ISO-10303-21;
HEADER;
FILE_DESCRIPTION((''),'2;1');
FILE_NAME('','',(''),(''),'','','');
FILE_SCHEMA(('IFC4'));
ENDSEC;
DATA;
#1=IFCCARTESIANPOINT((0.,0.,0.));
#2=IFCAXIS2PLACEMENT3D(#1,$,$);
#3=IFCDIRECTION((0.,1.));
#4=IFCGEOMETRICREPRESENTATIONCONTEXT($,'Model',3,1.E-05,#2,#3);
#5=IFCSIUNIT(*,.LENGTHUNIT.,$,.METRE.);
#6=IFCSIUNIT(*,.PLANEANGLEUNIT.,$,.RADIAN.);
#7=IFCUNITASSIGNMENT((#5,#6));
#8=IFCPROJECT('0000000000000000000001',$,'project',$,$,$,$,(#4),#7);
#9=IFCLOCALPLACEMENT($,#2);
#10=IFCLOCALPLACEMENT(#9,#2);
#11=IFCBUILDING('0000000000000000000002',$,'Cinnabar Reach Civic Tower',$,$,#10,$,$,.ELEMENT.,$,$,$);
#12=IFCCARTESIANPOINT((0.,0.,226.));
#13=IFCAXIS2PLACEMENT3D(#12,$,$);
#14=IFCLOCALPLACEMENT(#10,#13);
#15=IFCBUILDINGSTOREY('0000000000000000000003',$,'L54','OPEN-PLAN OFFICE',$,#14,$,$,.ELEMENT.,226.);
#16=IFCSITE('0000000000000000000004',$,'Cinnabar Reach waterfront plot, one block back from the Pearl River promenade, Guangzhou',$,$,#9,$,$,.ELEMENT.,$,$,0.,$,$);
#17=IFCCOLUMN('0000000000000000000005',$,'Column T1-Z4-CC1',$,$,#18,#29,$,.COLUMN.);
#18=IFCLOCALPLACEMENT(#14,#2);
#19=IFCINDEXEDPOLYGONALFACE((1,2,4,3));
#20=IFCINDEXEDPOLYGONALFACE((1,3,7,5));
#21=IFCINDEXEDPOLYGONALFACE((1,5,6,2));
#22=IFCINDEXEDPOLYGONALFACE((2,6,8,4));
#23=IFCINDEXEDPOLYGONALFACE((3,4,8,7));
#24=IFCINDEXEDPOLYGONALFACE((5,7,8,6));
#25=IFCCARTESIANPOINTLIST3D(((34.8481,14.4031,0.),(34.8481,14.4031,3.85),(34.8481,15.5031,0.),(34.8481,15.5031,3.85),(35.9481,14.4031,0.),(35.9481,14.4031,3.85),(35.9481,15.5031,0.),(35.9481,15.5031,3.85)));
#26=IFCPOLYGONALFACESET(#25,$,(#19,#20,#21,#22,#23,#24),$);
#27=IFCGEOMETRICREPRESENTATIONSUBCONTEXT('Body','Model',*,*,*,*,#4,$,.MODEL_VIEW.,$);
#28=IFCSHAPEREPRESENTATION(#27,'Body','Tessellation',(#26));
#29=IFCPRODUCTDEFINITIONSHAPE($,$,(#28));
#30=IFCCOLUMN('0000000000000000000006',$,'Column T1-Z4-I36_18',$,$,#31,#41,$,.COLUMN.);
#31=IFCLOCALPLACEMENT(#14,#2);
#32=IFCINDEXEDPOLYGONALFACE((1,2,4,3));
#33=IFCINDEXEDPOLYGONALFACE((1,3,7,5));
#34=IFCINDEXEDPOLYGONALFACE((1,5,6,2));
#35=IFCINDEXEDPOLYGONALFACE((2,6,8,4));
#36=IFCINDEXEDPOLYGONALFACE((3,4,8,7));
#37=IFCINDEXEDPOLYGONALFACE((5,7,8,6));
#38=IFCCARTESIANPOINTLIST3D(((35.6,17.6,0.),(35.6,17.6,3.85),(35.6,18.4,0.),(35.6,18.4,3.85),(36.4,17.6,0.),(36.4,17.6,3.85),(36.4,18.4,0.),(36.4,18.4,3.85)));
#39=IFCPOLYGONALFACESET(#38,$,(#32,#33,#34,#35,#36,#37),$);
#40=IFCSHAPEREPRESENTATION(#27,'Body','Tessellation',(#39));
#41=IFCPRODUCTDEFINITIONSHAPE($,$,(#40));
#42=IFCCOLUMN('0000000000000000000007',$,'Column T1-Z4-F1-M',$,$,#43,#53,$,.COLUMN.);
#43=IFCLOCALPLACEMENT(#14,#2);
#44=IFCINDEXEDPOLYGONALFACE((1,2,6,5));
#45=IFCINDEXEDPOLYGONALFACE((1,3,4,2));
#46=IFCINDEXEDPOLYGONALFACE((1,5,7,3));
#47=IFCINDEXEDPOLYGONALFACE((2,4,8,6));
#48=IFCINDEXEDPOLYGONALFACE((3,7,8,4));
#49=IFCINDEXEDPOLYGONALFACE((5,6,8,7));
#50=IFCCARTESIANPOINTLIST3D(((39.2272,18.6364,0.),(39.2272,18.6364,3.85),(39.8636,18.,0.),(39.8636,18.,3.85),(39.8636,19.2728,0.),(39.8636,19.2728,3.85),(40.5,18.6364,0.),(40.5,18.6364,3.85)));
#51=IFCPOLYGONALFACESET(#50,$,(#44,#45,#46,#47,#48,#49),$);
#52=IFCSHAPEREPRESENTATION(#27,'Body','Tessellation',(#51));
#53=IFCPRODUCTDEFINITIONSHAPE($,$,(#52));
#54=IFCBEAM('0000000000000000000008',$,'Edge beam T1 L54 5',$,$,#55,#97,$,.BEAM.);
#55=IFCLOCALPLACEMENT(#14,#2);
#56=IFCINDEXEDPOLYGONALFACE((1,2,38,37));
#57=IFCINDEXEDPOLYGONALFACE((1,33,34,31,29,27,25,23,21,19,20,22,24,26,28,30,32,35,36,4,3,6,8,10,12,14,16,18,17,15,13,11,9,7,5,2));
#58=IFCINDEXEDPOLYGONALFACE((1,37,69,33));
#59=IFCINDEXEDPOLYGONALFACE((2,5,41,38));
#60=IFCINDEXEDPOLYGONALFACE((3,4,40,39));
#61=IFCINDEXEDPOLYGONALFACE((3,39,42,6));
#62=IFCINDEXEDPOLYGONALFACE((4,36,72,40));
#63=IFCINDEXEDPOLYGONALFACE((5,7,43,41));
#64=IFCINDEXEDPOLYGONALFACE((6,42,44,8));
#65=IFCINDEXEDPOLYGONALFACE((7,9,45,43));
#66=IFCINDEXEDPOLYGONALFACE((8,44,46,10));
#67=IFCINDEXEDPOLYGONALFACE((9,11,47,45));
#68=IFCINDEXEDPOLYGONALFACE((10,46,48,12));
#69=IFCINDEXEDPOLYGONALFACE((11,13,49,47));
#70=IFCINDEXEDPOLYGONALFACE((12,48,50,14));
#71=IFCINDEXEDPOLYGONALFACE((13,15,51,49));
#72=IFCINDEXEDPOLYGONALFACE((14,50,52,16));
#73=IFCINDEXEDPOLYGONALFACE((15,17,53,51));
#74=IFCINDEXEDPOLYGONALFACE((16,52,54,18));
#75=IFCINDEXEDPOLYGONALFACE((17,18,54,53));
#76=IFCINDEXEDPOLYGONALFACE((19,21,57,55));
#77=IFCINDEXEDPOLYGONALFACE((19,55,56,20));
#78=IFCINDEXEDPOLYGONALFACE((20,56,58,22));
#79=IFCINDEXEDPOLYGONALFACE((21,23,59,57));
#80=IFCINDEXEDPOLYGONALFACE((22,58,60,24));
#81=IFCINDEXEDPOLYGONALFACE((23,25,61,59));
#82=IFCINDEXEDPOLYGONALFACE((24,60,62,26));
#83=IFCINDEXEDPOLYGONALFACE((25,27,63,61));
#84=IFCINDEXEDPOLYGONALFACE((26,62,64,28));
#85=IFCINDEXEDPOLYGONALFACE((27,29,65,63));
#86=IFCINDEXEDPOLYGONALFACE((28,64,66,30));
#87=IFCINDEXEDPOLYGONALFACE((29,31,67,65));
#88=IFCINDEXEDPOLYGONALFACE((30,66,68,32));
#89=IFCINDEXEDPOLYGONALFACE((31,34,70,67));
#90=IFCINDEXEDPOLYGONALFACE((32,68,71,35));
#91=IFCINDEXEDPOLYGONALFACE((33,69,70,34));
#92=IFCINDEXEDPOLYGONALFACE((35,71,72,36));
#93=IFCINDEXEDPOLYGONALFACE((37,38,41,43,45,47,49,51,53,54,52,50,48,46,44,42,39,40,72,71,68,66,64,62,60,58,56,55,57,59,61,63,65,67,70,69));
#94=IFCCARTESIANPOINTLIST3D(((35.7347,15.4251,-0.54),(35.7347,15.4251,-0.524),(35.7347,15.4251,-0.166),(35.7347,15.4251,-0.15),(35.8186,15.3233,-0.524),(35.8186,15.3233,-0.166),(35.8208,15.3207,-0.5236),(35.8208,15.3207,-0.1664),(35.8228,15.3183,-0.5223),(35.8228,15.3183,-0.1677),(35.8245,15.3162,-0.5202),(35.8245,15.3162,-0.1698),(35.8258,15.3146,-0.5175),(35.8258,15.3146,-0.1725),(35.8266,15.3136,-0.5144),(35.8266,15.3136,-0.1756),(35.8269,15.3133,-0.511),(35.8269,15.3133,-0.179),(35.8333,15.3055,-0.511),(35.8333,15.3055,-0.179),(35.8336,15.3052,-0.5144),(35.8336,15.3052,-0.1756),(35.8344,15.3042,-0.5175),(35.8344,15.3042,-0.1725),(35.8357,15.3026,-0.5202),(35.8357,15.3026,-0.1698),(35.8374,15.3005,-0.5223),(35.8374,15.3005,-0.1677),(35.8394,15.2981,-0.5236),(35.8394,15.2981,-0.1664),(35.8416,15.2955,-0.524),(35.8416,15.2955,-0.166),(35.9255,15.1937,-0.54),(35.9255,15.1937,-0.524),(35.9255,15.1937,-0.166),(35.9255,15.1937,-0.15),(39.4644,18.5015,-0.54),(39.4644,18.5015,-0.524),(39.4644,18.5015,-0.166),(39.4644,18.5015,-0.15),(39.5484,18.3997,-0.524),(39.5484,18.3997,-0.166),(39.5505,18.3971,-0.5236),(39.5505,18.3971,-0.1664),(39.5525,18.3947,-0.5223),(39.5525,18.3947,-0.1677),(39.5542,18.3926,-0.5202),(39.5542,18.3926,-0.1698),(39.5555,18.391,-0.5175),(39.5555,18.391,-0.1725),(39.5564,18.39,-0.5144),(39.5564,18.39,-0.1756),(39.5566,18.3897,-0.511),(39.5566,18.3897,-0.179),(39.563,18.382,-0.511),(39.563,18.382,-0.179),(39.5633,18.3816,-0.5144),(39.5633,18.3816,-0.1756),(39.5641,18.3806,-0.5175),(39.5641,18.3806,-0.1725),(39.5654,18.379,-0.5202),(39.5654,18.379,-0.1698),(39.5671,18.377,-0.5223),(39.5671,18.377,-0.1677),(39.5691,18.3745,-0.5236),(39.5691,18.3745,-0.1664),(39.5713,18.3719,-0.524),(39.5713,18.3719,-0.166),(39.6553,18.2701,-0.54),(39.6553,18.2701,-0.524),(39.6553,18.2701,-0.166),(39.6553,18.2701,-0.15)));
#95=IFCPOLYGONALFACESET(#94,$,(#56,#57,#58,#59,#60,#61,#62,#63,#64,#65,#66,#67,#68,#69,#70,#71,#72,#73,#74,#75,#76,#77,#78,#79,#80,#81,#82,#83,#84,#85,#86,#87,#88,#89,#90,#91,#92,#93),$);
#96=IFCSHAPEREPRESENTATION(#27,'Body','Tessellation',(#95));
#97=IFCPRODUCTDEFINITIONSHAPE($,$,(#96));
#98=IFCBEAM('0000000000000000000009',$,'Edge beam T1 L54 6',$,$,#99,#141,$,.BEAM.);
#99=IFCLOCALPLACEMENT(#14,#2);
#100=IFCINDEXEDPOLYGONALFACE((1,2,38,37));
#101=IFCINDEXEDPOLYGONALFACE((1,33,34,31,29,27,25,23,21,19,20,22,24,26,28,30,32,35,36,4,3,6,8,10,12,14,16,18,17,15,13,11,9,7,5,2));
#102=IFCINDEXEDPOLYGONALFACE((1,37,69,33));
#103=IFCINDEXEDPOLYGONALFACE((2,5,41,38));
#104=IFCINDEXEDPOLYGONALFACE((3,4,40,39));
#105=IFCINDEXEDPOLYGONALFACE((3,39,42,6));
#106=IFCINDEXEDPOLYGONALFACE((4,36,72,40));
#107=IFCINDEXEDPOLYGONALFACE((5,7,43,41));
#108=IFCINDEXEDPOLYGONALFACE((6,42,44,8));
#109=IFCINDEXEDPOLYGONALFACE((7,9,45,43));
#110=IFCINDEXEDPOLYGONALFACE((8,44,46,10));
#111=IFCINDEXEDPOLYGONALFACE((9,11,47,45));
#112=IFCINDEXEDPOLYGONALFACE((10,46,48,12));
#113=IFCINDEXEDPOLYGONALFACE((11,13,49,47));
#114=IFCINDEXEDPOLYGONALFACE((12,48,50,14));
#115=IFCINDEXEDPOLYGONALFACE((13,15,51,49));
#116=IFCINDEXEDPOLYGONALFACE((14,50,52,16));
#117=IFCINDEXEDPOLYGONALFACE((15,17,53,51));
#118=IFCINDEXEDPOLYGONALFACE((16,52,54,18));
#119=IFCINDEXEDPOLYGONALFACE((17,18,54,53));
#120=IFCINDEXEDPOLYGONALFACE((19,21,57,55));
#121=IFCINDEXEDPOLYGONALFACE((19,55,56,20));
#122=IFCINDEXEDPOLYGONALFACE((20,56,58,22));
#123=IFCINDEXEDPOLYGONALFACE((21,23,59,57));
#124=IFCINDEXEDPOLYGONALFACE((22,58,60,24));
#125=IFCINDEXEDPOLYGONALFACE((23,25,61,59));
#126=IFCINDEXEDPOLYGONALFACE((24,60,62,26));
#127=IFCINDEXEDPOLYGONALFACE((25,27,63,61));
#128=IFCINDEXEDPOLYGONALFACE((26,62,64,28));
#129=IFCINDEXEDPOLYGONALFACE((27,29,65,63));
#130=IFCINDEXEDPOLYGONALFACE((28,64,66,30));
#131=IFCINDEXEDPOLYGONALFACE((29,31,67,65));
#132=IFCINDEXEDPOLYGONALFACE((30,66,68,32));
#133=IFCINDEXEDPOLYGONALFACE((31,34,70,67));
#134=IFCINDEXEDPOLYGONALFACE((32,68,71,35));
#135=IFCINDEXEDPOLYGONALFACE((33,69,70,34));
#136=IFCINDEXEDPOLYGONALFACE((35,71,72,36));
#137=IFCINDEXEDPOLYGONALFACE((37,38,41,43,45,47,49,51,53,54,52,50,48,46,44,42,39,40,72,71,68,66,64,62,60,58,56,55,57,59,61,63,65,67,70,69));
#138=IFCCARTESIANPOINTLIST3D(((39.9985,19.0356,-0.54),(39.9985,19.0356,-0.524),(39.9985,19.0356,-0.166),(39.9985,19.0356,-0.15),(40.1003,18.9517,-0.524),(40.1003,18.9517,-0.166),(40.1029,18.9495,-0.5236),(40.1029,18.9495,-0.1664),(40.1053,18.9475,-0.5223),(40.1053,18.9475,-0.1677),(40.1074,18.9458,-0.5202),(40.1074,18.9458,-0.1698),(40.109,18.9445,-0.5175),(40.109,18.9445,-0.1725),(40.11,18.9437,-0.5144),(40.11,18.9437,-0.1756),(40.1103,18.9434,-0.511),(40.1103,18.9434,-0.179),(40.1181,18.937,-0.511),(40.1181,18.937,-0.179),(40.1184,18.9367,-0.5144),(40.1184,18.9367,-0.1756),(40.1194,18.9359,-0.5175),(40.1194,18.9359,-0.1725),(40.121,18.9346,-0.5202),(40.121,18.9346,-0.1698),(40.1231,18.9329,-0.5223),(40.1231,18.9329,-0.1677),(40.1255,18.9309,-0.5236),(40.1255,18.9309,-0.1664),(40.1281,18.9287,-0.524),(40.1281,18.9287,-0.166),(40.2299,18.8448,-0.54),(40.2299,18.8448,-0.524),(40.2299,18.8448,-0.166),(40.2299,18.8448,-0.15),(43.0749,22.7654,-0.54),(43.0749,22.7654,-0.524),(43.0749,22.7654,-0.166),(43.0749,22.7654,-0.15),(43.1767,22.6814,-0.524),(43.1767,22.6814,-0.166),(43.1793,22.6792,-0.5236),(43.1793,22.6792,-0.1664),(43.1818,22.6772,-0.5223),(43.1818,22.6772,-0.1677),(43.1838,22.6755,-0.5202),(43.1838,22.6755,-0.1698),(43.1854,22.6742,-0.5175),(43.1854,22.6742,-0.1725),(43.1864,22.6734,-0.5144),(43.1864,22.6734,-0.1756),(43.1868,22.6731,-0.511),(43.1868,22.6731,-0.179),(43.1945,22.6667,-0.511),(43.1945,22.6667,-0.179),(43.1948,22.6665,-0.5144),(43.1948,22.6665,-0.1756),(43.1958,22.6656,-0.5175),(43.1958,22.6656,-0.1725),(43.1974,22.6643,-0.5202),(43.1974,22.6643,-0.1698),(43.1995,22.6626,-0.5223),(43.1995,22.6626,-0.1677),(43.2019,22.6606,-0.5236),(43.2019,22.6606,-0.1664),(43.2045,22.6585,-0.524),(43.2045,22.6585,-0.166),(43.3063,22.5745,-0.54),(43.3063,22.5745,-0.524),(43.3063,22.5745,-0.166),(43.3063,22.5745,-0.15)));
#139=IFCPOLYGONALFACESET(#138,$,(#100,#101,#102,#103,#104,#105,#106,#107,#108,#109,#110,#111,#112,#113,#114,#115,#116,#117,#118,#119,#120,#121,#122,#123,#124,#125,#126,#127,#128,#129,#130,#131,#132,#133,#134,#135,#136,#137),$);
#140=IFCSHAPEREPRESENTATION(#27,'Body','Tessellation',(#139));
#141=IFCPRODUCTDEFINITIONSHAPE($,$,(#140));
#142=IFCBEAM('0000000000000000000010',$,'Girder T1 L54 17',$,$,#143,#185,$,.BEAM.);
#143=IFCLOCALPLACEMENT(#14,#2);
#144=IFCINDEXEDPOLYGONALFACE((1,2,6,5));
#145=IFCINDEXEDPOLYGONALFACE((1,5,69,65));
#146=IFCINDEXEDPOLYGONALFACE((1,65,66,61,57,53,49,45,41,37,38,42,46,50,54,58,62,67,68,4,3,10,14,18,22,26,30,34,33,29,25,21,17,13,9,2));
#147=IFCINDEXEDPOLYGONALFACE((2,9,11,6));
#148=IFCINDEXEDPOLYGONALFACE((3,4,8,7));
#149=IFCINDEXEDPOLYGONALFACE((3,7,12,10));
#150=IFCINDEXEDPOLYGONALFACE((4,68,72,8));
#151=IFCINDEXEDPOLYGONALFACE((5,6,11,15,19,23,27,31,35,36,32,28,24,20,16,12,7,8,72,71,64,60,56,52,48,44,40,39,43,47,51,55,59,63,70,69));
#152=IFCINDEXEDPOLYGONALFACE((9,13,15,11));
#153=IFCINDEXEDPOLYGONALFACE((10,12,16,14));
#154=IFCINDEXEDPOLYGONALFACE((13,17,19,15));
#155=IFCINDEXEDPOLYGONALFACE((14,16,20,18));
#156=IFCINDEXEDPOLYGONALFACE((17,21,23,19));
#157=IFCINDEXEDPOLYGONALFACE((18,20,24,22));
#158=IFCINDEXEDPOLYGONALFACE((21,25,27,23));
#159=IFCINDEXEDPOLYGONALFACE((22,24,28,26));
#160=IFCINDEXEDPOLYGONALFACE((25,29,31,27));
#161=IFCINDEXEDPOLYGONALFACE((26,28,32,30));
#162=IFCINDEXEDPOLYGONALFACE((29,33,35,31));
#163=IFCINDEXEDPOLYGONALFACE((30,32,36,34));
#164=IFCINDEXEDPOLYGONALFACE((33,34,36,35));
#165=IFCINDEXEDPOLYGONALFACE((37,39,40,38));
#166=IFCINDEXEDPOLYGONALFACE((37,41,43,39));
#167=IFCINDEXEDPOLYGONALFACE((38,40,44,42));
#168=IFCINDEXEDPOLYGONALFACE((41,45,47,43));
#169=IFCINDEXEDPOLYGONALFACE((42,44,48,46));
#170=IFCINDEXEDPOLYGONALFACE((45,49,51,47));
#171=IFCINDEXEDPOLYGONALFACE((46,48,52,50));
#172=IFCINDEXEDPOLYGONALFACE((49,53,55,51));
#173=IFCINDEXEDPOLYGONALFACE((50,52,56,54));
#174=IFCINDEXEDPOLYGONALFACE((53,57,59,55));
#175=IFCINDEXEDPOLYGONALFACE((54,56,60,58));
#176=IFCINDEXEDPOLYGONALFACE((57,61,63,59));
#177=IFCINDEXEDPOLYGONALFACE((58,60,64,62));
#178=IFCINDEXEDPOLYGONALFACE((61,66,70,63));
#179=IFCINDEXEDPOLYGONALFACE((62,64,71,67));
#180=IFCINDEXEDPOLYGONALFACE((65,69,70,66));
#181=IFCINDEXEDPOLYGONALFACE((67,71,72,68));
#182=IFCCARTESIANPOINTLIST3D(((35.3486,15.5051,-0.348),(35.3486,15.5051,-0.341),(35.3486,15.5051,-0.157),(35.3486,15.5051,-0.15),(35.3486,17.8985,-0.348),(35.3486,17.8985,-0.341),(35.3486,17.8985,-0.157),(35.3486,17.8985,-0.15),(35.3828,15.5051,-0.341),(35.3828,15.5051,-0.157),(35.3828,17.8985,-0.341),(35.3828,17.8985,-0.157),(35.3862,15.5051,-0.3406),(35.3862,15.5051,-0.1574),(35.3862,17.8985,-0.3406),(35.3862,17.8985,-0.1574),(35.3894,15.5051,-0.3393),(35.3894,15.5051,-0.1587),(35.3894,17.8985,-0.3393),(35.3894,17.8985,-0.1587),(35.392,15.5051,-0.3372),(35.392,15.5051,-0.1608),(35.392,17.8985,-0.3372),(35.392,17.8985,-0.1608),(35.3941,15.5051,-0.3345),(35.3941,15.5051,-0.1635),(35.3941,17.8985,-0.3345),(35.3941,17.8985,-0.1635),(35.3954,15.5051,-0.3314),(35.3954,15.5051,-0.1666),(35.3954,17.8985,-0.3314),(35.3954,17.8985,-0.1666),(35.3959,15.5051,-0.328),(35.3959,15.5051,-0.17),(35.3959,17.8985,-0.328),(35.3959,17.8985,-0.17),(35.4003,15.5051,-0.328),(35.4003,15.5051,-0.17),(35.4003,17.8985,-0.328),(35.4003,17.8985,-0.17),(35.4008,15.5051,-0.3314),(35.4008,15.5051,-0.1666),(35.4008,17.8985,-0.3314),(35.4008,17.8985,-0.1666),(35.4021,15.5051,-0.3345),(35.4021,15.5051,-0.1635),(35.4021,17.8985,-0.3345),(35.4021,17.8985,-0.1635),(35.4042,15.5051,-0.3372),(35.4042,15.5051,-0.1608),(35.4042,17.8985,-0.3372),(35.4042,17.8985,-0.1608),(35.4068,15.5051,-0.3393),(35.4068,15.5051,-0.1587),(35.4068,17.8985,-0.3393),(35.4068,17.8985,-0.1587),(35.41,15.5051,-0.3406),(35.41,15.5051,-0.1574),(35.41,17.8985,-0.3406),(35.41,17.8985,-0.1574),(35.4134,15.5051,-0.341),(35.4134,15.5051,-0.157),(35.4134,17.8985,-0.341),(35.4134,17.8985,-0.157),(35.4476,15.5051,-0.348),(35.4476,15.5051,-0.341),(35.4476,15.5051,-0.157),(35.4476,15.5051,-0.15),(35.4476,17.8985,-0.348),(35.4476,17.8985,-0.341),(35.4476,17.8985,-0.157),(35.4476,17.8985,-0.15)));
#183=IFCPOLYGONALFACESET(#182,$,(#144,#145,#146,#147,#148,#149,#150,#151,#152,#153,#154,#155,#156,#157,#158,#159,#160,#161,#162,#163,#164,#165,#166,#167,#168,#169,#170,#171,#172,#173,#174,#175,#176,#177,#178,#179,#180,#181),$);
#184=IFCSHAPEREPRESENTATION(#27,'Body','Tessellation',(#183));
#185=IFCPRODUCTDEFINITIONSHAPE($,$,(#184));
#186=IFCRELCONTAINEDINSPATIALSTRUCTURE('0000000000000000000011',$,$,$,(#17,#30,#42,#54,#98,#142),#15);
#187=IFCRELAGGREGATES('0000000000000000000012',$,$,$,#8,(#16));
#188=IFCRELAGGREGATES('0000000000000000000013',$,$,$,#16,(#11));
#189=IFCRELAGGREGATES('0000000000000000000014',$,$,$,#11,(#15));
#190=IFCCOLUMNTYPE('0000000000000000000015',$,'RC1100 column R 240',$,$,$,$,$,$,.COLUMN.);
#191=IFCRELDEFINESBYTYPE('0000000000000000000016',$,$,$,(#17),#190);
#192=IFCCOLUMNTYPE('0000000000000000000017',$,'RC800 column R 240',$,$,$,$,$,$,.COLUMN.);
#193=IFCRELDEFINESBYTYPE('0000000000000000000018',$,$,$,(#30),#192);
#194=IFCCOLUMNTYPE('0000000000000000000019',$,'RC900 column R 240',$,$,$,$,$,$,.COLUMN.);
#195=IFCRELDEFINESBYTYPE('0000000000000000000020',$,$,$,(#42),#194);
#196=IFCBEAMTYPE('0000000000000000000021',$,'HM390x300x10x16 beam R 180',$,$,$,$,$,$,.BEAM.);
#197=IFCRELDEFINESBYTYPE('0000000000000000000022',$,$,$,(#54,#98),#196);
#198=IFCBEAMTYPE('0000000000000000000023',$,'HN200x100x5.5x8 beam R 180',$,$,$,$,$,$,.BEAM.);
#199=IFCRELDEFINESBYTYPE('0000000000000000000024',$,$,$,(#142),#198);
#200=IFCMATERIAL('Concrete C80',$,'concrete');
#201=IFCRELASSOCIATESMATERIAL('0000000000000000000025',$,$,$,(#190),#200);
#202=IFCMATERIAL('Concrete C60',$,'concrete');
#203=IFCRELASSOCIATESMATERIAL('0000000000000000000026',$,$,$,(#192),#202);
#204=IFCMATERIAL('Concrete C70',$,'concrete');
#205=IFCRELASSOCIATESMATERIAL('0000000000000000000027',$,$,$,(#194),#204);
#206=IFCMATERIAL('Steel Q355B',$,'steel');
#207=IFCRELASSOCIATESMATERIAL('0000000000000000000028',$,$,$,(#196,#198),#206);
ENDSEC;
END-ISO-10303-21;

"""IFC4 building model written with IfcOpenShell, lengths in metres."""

from ifc_helpers import new_model, si_unit, direction, frame, origin, origin_2d, place, context, subcontext, project, spatial, rectangle, i_section, extrude, material, material_profile, profile_set, type_object, element, save


model = new_model("IFC4")

# Units and contexts
model_context = context("Model", 3, precision=1e-05, world=origin(), true_north=direction((0.0, 1.0)))
body_context = subcontext(model_context, "Body", "Model", "MODEL_VIEW")
ifc_project = project(units=[si_unit("LENGTHUNIT", "METRE"), si_unit("PLANEANGLEUNIT", "RADIAN")], contexts=[model_context])

# Site, building, storey
site_placement = place(None, origin())
site = spatial("IfcSite", under=ifc_project, at=site_placement, Name="Cinnabar Reach waterfront plot, one block back from the Pearl River promenade, Guangzhou", CompositionType="ELEMENT", RefElevation=0.0)
building_placement = place(site_placement, origin())
building = spatial("IfcBuilding", under=site, at=building_placement, Name="Cinnabar Reach Civic Tower", CompositionType="ELEMENT")
storey_placement = place(building_placement, frame((0.0, 0.0, 226.0)))
storey = spatial("IfcBuildingStorey", under=building, at=storey_placement, Name="L54", Description="OPEN-PLAN OFFICE", CompositionType="ELEMENT", Elevation=226.0)

# Columns
ifc_material_1 = material(Name="Concrete C80", Category="concrete")
ifc_material_profile_1 = material_profile(ifc_material_1, rectangle(XDim=1.1, YDim=1.1, at=origin_2d()), Name="RC1100")
ifc_profile_set_1 = profile_set([ifc_material_profile_1], Name="Concrete C80")
column_type_1 = type_object("IfcColumnType", Name="RC1100 column R 240", PredefinedType="COLUMN", material=ifc_profile_set_1)
column_1_placement = place(storey_placement, frame((35.3981, 14.9531, 0.0), z_axis=(0.0, 0.0, 1.0), x_axis=(1.0, 0.0, 0.0)))
element("IfcColumn", 1, at=column_1_placement, inside=storey, type_object=column_type_1, Name="Column T1-Z4-CC1", PredefinedType="COLUMN", context=body_context, shape_type="SweptSolid", body=[
    extrude(rectangle(XDim=1.1, YDim=1.1, at=origin_2d()), origin(), (0.0, 0.0, 1.0), 3.85),
])
ifc_material_2 = material(Name="Concrete C60", Category="concrete")
ifc_material_profile_2 = material_profile(ifc_material_2, rectangle(XDim=0.8, YDim=0.8, at=origin_2d()), Name="RC800")
ifc_profile_set_2 = profile_set([ifc_material_profile_2], Name="Concrete C60")
column_type_2 = type_object("IfcColumnType", Name="RC800 column R 240", PredefinedType="COLUMN", material=ifc_profile_set_2)
column_2_placement = place(storey_placement, frame((36.0, 18.0, 0.0), z_axis=(0.0, 0.0, 1.0), x_axis=(1.0, 0.0, 0.0)))
element("IfcColumn", 2, at=column_2_placement, inside=storey, type_object=column_type_2, Name="Column T1-Z4-I36_18", PredefinedType="COLUMN", context=body_context, shape_type="SweptSolid", body=[
    extrude(rectangle(XDim=0.8, YDim=0.8, at=origin_2d()), origin(), (0.0, 0.0, 1.0), 3.85),
])
ifc_material_3 = material(Name="Concrete C70", Category="concrete")
ifc_material_profile_3 = material_profile(ifc_material_3, rectangle(XDim=0.9, YDim=0.9, at=origin_2d()), Name="RC900")
ifc_profile_set_3 = profile_set([ifc_material_profile_3], Name="Concrete C70")
column_type_3 = type_object("IfcColumnType", Name="RC900 column R 240", PredefinedType="COLUMN", material=ifc_profile_set_3)
column_3_placement = place(storey_placement, frame((39.8636, 18.6364, 0.0), z_axis=(0.0, 0.0, 1.0), x_axis=(0.707107, 0.707107, 0.0)))
element("IfcColumn", 3, at=column_3_placement, inside=storey, type_object=column_type_3, Name="Column T1-Z4-F1-M", PredefinedType="COLUMN", context=body_context, shape_type="SweptSolid", body=[
    extrude(rectangle(XDim=0.9, YDim=0.9, at=origin_2d()), origin(), (0.0, 0.0, 1.0), 3.85),
])

# Beams
ifc_material_4 = material(Name="Steel Q355B", Category="steel")
ifc_material_profile_4 = material_profile(ifc_material_4, i_section(OverallWidth=0.3, OverallDepth=0.39, WebThickness=0.01, FlangeThickness=0.016, FilletRadius=0.013, at=origin_2d()), Name="HM390x300x10x16")
ifc_profile_set_4 = profile_set([ifc_material_profile_4], Name="Steel Q355B")
beam_type_1 = type_object("IfcBeamType", Name="HM390x300x10x16 beam R 180", PredefinedType="BEAM", material=ifc_profile_set_4)
for number, where, z_axis, x_axis, name in (
    (4, (35.8301, 15.3094, -0.345), (0.771434, 0.636309, 0.0), (-0.636309, 0.771434, 0.0), "Edge beam T1 L54 5"),
    (5, (40.1142, 18.9402, -0.345), (0.636309, 0.771434, 0.0), (-0.771434, 0.636309, 0.0), "Edge beam T1 L54 6"),
):
    element("IfcBeam", number, at=place(storey_placement, frame(where, z_axis=z_axis, x_axis=x_axis)), inside=storey, type_object=beam_type_1, Name=name, PredefinedType="BEAM", context=body_context, shape_type="SweptSolid", body=[
        extrude(i_section(OverallWidth=0.3, OverallDepth=0.39, WebThickness=0.01, FlangeThickness=0.016, FilletRadius=0.013, at=origin_2d()), origin(), (0.0, 0.0, 1.0), 4.8348),
    ])
ifc_material_profile_5 = material_profile(ifc_material_4, i_section(OverallWidth=0.099, OverallDepth=0.198, WebThickness=0.0045, FlangeThickness=0.007, FilletRadius=0.013, at=origin_2d()), Name="HN200x100x5.5x8")
ifc_profile_set_5 = profile_set([ifc_material_profile_5], Name="Steel Q355B")
beam_type_2 = type_object("IfcBeamType", Name="HN200x100x5.5x8 beam R 180", PredefinedType="BEAM", material=ifc_profile_set_5)
beam_1_placement = place(storey_placement, frame((35.3981, 15.5051, -0.249), z_axis=(0.0, 1.0, 0.0), x_axis=(-1.0, 0.0, 0.0)))
element("IfcBeam", 6, at=beam_1_placement, inside=storey, type_object=beam_type_2, Name="Girder T1 L54 17", PredefinedType="BEAM", context=body_context, shape_type="SweptSolid", body=[
    extrude(i_section(OverallWidth=0.099, OverallDepth=0.198, WebThickness=0.0045, FlangeThickness=0.007, FilletRadius=0.013, at=origin_2d()), origin(), (0.0, 0.0, 1.0), 2.3934),
])

save(model, "model.ifc")
